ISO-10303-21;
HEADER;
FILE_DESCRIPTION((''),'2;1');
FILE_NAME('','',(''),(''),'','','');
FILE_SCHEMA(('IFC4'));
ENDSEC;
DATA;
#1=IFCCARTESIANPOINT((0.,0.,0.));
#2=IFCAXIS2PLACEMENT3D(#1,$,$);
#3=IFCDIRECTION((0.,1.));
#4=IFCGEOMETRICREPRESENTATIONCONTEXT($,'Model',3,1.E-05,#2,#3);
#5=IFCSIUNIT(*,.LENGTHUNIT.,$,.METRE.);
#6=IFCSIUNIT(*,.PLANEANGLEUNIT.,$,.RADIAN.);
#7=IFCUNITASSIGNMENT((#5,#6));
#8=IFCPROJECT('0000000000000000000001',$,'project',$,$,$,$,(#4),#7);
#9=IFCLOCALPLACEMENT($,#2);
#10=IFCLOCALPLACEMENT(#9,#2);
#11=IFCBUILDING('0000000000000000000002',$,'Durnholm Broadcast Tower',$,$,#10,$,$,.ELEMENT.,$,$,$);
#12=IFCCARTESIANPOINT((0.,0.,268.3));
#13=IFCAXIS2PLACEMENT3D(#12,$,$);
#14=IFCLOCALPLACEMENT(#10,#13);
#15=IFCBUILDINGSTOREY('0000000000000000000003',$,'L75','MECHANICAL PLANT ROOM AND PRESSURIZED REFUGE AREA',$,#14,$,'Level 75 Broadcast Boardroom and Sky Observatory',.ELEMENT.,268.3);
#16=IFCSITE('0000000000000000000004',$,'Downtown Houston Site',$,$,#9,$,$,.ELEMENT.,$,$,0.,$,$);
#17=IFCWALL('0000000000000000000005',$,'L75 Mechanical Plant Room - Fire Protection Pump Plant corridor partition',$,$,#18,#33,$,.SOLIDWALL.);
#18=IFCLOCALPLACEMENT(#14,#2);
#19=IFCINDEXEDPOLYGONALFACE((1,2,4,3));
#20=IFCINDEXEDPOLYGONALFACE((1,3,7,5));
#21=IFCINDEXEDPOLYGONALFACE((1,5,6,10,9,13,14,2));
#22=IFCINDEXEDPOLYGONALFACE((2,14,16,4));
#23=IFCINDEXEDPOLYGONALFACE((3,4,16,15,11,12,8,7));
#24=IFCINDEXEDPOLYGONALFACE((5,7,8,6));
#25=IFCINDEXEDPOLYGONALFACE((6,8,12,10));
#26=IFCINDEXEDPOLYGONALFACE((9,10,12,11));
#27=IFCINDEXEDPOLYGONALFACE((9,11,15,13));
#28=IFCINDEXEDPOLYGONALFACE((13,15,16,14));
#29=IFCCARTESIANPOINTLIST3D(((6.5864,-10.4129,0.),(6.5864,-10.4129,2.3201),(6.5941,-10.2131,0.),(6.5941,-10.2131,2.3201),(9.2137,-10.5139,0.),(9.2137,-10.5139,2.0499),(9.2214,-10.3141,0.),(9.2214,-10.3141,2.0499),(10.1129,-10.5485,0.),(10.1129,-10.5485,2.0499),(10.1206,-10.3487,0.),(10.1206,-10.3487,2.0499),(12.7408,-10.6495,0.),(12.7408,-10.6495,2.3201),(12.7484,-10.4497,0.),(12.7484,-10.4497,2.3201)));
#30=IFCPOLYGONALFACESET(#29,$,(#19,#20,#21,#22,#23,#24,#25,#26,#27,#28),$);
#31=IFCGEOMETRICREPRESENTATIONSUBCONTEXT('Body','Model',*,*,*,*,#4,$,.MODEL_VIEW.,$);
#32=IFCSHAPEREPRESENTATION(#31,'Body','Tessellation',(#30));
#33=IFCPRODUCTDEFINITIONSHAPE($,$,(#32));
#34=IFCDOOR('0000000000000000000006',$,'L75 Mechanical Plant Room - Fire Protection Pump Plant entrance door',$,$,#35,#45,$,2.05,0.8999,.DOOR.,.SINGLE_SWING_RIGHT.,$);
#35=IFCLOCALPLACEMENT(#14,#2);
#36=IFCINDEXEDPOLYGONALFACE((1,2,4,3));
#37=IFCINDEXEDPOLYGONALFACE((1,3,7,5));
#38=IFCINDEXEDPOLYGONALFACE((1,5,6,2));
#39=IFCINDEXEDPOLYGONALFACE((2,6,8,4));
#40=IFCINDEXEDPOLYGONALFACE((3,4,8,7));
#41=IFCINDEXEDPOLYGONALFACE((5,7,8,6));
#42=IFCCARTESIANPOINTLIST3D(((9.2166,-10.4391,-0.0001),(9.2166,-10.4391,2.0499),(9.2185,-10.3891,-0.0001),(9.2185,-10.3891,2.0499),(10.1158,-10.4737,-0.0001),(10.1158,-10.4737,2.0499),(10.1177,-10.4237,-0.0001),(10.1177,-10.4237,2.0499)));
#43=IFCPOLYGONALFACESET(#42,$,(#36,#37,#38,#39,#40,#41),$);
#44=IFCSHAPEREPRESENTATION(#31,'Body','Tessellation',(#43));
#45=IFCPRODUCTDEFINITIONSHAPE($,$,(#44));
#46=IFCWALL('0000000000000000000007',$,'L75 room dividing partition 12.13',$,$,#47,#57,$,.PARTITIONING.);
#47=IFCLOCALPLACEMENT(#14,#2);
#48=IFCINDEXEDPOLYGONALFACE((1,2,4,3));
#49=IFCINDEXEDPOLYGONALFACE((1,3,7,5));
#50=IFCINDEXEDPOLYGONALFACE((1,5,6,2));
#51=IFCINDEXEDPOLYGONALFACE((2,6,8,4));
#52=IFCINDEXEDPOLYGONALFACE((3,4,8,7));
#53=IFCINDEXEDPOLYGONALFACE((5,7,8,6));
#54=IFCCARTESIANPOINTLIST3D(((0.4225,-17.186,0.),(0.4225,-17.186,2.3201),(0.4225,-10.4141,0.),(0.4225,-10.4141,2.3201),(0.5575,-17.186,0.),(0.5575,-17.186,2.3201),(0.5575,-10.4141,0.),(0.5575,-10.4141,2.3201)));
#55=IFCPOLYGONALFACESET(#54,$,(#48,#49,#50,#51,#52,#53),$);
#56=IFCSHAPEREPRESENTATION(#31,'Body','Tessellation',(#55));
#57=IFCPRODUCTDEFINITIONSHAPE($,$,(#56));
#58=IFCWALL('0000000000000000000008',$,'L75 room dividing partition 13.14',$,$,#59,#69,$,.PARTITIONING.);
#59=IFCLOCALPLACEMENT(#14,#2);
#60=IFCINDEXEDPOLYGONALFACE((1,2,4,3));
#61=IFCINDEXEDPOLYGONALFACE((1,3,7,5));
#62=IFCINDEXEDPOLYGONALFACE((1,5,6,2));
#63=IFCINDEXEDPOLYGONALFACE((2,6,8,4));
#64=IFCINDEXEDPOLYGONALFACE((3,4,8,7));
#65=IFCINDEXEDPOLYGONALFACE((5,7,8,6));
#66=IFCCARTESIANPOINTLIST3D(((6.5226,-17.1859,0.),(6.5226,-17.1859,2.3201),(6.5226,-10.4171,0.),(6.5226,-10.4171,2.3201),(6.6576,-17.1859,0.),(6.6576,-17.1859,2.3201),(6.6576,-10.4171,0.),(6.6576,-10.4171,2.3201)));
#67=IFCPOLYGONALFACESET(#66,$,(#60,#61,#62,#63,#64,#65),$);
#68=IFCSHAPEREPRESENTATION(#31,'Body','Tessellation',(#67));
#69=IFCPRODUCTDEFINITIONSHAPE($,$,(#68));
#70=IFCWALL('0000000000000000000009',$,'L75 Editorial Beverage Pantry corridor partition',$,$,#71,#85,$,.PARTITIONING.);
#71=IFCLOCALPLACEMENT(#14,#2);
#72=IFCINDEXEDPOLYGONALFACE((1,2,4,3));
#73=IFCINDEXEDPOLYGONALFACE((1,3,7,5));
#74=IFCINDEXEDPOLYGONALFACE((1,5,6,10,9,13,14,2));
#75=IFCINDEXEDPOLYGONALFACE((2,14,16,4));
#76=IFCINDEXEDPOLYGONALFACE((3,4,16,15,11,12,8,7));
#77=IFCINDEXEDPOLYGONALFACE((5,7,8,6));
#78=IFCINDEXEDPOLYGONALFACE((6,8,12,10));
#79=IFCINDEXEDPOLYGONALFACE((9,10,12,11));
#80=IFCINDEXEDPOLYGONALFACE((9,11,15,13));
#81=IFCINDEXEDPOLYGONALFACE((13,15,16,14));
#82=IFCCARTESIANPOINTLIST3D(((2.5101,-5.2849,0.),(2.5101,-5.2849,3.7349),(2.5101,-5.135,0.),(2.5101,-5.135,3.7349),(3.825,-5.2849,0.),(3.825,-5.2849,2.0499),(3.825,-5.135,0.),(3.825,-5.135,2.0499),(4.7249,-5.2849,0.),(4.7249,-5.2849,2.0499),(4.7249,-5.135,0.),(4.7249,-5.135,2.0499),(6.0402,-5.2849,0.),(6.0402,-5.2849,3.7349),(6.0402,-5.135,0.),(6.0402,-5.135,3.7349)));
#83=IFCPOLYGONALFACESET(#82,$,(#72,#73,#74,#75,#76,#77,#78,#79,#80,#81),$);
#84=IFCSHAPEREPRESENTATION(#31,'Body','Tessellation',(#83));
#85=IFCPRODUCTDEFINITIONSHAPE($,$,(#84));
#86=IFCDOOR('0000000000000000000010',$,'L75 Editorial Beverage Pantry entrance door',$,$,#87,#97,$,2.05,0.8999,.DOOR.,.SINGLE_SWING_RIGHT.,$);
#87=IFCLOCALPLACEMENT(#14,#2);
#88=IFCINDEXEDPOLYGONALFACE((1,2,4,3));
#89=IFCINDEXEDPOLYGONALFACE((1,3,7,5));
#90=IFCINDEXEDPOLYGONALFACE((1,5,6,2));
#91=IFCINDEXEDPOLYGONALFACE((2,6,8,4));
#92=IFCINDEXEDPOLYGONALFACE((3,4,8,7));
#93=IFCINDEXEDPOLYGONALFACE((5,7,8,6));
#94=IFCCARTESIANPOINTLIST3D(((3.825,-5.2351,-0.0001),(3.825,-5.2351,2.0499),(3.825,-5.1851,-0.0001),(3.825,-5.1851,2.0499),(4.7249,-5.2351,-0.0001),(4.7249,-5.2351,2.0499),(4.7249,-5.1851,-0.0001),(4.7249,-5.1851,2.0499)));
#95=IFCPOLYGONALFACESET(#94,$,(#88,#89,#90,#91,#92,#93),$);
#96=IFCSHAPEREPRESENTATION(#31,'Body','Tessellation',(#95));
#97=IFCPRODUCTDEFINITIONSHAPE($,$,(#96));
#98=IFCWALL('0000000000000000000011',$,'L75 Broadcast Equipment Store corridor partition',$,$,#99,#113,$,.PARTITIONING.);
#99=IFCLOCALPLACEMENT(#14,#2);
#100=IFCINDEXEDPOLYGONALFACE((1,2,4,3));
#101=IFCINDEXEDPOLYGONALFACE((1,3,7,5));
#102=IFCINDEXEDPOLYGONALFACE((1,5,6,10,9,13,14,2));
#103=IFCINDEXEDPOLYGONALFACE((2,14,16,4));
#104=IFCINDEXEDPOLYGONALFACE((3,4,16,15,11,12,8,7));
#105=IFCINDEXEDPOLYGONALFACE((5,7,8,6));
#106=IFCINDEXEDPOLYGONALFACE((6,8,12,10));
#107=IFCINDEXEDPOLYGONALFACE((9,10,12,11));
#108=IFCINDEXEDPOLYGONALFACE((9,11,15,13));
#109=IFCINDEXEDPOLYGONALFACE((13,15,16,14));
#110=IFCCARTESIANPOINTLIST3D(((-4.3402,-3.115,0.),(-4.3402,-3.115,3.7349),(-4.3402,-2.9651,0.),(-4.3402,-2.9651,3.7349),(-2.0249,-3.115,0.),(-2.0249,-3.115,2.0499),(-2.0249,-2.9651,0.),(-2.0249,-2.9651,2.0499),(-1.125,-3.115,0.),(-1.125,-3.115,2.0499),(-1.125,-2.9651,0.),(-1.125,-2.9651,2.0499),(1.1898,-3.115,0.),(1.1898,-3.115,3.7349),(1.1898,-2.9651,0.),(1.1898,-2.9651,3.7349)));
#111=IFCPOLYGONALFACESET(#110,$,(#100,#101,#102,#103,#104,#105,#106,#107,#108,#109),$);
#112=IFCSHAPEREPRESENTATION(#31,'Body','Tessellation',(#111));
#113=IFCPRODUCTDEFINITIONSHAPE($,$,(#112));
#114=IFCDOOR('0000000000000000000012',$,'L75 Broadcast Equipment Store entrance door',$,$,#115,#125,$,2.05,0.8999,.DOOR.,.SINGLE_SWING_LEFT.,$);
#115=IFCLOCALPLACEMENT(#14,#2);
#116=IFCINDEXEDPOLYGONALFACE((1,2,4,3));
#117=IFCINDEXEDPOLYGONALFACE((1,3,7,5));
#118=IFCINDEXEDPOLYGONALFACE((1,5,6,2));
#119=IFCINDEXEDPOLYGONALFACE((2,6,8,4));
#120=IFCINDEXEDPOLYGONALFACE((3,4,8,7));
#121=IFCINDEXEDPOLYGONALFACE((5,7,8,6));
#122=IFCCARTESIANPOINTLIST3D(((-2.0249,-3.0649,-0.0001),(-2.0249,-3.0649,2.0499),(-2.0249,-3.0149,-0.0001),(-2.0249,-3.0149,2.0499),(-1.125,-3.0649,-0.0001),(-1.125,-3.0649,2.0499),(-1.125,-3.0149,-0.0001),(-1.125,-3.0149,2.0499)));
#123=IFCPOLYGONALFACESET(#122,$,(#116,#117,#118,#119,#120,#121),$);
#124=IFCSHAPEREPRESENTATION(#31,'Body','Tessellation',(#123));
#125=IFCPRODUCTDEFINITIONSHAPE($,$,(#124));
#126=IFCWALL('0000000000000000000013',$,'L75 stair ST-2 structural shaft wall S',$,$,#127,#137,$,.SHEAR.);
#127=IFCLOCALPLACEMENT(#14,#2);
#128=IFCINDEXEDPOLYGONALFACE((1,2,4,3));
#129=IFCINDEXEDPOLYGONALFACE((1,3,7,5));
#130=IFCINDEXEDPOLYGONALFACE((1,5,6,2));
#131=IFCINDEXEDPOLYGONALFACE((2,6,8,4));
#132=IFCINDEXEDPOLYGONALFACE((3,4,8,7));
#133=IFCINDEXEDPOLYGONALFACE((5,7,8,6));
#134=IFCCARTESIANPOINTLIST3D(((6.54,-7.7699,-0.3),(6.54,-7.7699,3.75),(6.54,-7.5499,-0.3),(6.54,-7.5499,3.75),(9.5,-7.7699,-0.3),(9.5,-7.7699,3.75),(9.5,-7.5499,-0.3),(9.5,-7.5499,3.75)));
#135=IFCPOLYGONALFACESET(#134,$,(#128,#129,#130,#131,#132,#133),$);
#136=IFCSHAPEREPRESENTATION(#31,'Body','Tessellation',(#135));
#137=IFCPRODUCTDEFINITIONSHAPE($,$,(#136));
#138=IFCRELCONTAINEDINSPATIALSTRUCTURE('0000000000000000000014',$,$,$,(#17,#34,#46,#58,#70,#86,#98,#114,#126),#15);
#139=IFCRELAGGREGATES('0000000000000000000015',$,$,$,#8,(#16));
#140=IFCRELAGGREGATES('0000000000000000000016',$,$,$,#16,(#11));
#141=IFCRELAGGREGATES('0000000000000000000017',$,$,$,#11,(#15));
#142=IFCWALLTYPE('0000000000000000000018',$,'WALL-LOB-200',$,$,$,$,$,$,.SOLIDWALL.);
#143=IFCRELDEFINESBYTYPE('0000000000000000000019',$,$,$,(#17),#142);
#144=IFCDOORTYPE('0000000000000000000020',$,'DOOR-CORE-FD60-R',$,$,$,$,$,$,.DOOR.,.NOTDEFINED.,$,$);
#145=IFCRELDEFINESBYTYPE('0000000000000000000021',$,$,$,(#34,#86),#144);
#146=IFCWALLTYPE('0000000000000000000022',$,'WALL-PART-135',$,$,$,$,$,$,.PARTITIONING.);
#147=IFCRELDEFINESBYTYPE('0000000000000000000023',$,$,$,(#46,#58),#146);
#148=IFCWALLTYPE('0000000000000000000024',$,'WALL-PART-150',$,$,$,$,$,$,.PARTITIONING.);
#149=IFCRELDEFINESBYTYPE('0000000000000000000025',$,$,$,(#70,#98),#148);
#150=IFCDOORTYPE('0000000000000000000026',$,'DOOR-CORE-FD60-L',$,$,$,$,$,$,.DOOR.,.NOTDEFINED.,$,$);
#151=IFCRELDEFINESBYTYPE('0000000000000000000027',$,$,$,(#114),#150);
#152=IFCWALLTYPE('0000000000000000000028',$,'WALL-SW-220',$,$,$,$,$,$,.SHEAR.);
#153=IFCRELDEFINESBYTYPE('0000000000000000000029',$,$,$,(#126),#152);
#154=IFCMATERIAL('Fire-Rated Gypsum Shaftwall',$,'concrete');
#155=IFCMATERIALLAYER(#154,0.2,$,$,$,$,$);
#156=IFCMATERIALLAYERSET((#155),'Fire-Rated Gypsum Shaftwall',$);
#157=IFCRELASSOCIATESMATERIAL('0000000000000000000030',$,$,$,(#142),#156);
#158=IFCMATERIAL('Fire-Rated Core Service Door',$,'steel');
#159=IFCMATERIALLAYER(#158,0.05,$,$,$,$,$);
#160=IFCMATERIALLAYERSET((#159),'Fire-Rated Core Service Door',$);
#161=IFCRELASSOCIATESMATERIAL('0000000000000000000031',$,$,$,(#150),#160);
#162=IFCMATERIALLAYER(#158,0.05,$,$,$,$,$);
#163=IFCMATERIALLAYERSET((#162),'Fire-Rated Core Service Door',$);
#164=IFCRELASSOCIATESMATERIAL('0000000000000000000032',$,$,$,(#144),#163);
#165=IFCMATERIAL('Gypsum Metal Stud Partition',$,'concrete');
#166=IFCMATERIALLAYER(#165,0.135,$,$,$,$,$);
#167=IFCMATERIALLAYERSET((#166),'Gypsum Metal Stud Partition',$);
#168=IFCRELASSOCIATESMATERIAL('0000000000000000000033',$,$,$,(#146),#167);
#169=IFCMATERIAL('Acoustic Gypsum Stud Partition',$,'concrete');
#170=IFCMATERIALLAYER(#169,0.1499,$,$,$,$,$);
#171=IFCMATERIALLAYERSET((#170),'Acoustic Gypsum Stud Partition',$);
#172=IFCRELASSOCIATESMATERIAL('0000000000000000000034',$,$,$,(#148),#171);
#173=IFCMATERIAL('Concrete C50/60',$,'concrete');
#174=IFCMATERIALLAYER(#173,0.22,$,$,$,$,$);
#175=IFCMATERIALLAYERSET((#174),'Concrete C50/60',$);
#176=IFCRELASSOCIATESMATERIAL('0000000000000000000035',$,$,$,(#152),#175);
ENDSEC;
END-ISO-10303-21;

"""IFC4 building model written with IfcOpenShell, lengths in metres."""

from ifc_helpers import new_model, si_unit, direction, frame, frame_2d, origin, place, context, subcontext, project, spatial, rectangle, extrude, source, transform, mapped, material, layer, layer_set, type_object, type_shapes, element, fill, save


model = new_model("IFC4")

# Units and contexts
model_context = context("Model", 3, precision=1e-05, world=origin(), true_north=direction((0.0, 1.0)))
body_context = subcontext(model_context, "Body", "Model", "MODEL_VIEW")
ifc_project = project(units=[si_unit("LENGTHUNIT", "METRE"), si_unit("PLANEANGLEUNIT", "RADIAN")], contexts=[model_context])

# Site, building, storey
site_placement = place(None, origin())
site = spatial("IfcSite", under=ifc_project, at=site_placement, Name="Downtown Houston Site", CompositionType="ELEMENT", RefElevation=0.0)
building_placement = place(site_placement, origin())
building = spatial("IfcBuilding", under=site, at=building_placement, Name="Durnholm Broadcast Tower", CompositionType="ELEMENT")
storey_placement = place(building_placement, frame((0.0, 0.0, 268.3)))
storey = spatial("IfcBuildingStorey", under=building, at=storey_placement, Name="L75", Description="MECHANICAL PLANT ROOM AND PRESSURIZED REFUGE AREA", LongName="Level 75 Broadcast Boardroom and Sky Observatory", CompositionType="ELEMENT", Elevation=268.3)

# Shared definitions
ifc_material_1 = material(Name="Fire-Rated Gypsum Shaftwall", Category="concrete")
ifc_layer_1 = layer(ifc_material_1, 0.2)
ifc_layer_set_1 = layer_set([ifc_layer_1], Name="Fire-Rated Gypsum Shaftwall")
wall_type_1 = type_object("IfcWallType", Name="WALL-LOB-200", PredefinedType="SOLIDWALL", material=ifc_layer_set_1)

# Wall, opening, door
ifc_material_2 = material(Name="Fire-Rated Core Service Door", Category="steel")
ifc_layer_2 = layer(ifc_material_2, 0.05)
ifc_layer_set_2 = layer_set([ifc_layer_2], Name="Fire-Rated Core Service Door")
door_type_1 = type_object("IfcDoorType", Name="DOOR-CORE-FD60-L", OperationType="NOTDEFINED", PredefinedType="DOOR", material=ifc_layer_set_2)
shared_shape_1 = source(origin(), body_context, "Body", "SweptSolid", [
    extrude(rectangle(XDim=0.8999, YDim=2.05, at=frame_2d((0.45, 1.0249))), frame((0.0, 0.0249, 0.0), z_axis=(0.0, -1.0, 0.0), x_axis=(1.0, 0.0, 0.0)), (0.0, 0.0, 1.0), 0.05),
])
type_shapes(door_type_1, [shared_shape_1])
wall_1_placement = place(storey_placement, frame((6.5901, -10.313, 0.0), z_axis=(0.0, 0.0, 1.0), x_axis=(0.999262, -0.038412, 0.0)))
wall_1 = element("IfcWall", 1, at=wall_1_placement, inside=storey, type_object=wall_type_1, Name="L75 Mechanical Plant Room - Fire Protection Pump Plant corridor partition", PredefinedType="SOLIDWALL", context=body_context, shape_type="SweptSolid", body=[
    extrude(rectangle(XDim=6.1589, YDim=0.2, at=frame_2d((3.0796, 0.0))), origin(), (0.0, 0.0, 1.0), 2.3201),
])
opening_1_placement = place(wall_1_placement, frame((2.6294, 0.0, 0.0)))
opening_1 = element("IfcOpeningElement", 2, at=opening_1_placement, cuts=wall_1, PredefinedType="OPENING", context=body_context, shape_type="SweptSolid", body=[
    extrude(rectangle(XDim=0.8999, YDim=2.05, at=frame_2d((0.45, 1.0249))), frame((0.0, 0.1099, 0.0), z_axis=(0.0, -1.0, 0.0), x_axis=(1.0, 0.0, 0.0)), (0.0, 0.0, 1.0), 0.22),
])
ifc_layer_3 = layer(ifc_material_2, 0.05)
ifc_layer_set_3 = layer_set([ifc_layer_3], Name="Fire-Rated Core Service Door")
door_type_2 = type_object("IfcDoorType", Name="DOOR-CORE-FD60-R", OperationType="NOTDEFINED", PredefinedType="DOOR", material=ifc_layer_set_3)
shared_shape_2 = source(origin(), body_context, "Body", "SweptSolid", [
    extrude(rectangle(XDim=0.8999, YDim=2.05, at=frame_2d((0.45, 1.0249))), frame((0.0, 0.0249, 0.0), z_axis=(0.0, -1.0, 0.0), x_axis=(1.0, 0.0, 0.0)), (0.0, 0.0, 1.0), 0.05),
])
type_shapes(door_type_2, [shared_shape_2])
door_1_placement = place(opening_1_placement, origin())
door_1 = element("IfcDoor", 3, at=door_1_placement, inside=storey, type_object=door_type_2, Name="L75 Mechanical Plant Room - Fire Protection Pump Plant entrance door", OperationType="SINGLE_SWING_RIGHT", OverallHeight=2.05, OverallWidth=0.8999, PredefinedType="DOOR", context=body_context, shape_type="MappedRepresentation", body=[
    mapped(shared_shape_2, transform((0.0, 0.0, 0.0), x_axis=(1.0, 0.0, 0.0), y_axis=(0.0, 1.0, 0.0), z_axis=(0.0, 0.0, 1.0), scale=1.0)),
])
fill(opening_1, door_1)

# Walls
ifc_material_3 = material(Name="Gypsum Metal Stud Partition", Category="concrete")
ifc_layer_4 = layer(ifc_material_3, 0.135)
ifc_layer_set_4 = layer_set([ifc_layer_4], Name="Gypsum Metal Stud Partition")
wall_type_2 = type_object("IfcWallType", Name="WALL-PART-135", PredefinedType="PARTITIONING", material=ifc_layer_set_4)
wall_2_placement = place(storey_placement, frame((0.49, -10.4141, 0.0), z_axis=(0.0, 0.0, 1.0), x_axis=(0.0, -1.0, 0.0)))
element("IfcWall", 4, at=wall_2_placement, inside=storey, type_object=wall_type_2, Name="L75 room dividing partition 12.13", PredefinedType="PARTITIONING", context=body_context, shape_type="SweptSolid", body=[
    extrude(rectangle(XDim=6.772, YDim=0.135, at=frame_2d((3.386, 0.0))), origin(), (0.0, 0.0, 1.0), 2.3201),
])
wall_3_placement = place(storey_placement, frame((6.5901, -10.4172, 0.0), z_axis=(0.0, 0.0, 1.0), x_axis=(0.0, -1.0, 0.0)))
element("IfcWall", 5, at=wall_3_placement, inside=storey, type_object=wall_type_2, Name="L75 room dividing partition 13.14", PredefinedType="PARTITIONING", context=body_context, shape_type="SweptSolid", body=[
    extrude(rectangle(XDim=6.7688, YDim=0.135, at=frame_2d((3.3843, 0.0))), origin(), (0.0, 0.0, 1.0), 2.3201),
])

# Walls, openings, doors
ifc_material_4 = material(Name="Acoustic Gypsum Stud Partition", Category="concrete")
ifc_layer_5 = layer(ifc_material_4, 0.1499)
ifc_layer_set_5 = layer_set([ifc_layer_5], Name="Acoustic Gypsum Stud Partition")
wall_type_3 = type_object("IfcWallType", Name="WALL-PART-150", PredefinedType="PARTITIONING", material=ifc_layer_set_5)
wall_4_placement = place(storey_placement, frame((2.51, -5.21, 0.0), z_axis=(0.0, 0.0, 1.0), x_axis=(1.0, 0.0, 0.0)))
wall_4 = element("IfcWall", 6, at=wall_4_placement, inside=storey, type_object=wall_type_3, Name="L75 Editorial Beverage Pantry corridor partition", PredefinedType="PARTITIONING", context=body_context, shape_type="SweptSolid", body=[
    extrude(rectangle(XDim=3.53, YDim=0.1499, at=frame_2d((1.7651, 0.0))), origin(), (0.0, 0.0, 1.0), 3.7349),
])
opening_2_placement = place(wall_4_placement, frame((1.3149, 0.0, 0.0)))
opening_2 = element("IfcOpeningElement", 7, at=opening_2_placement, cuts=wall_4, PredefinedType="OPENING", context=body_context, shape_type="SweptSolid", body=[
    extrude(rectangle(XDim=0.8999, YDim=2.05, at=frame_2d((0.45, 1.0249))), frame((0.0, 0.085, 0.0), z_axis=(0.0, -1.0, 0.0), x_axis=(1.0, 0.0, 0.0)), (0.0, 0.0, 1.0), 0.1699),
])
door_2_placement = place(opening_2_placement, origin())
door_2 = element("IfcDoor", 8, at=door_2_placement, inside=storey, type_object=door_type_2, Name="L75 Editorial Beverage Pantry entrance door", OperationType="SINGLE_SWING_RIGHT", OverallHeight=2.05, OverallWidth=0.8999, PredefinedType="DOOR", context=body_context, shape_type="MappedRepresentation", body=[
    mapped(shared_shape_2, transform((0.0, 0.0, 0.0), x_axis=(1.0, 0.0, 0.0), y_axis=(0.0, 1.0, 0.0), z_axis=(0.0, 0.0, 1.0), scale=1.0)),
])
fill(opening_2, door_2)
wall_5_placement = place(storey_placement, frame((1.1899, -3.04, 0.0), z_axis=(0.0, 0.0, 1.0), x_axis=(-1.0, 0.0, 0.0)))
wall_5 = element("IfcWall", 9, at=wall_5_placement, inside=storey, type_object=wall_type_3, Name="L75 Broadcast Equipment Store corridor partition", PredefinedType="PARTITIONING", context=body_context, shape_type="SweptSolid", body=[
    extrude(rectangle(XDim=5.53, YDim=0.1499, at=frame_2d((2.7651, 0.0))), origin(), (0.0, 0.0, 1.0), 3.7349),
])
opening_3_placement = place(wall_5_placement, frame((2.3149, 0.0, 0.0)))
opening_3 = element("IfcOpeningElement", 10, at=opening_3_placement, cuts=wall_5, PredefinedType="OPENING", context=body_context, shape_type="SweptSolid", body=[
    extrude(rectangle(XDim=0.8999, YDim=2.05, at=frame_2d((0.45, 1.0249))), frame((0.0, 0.085, 0.0), z_axis=(0.0, -1.0, 0.0), x_axis=(1.0, 0.0, 0.0)), (0.0, 0.0, 1.0), 0.1699),
])
door_3_placement = place(opening_3_placement, origin())
door_3 = element("IfcDoor", 11, at=door_3_placement, inside=storey, type_object=door_type_1, Name="L75 Broadcast Equipment Store entrance door", OperationType="SINGLE_SWING_LEFT", OverallHeight=2.05, OverallWidth=0.8999, PredefinedType="DOOR", context=body_context, shape_type="MappedRepresentation", body=[
    mapped(shared_shape_1, transform((0.0, 0.0, 0.0), x_axis=(1.0, 0.0, 0.0), y_axis=(0.0, 1.0, 0.0), z_axis=(0.0, 0.0, 1.0), scale=1.0)),
])
fill(opening_3, door_3)

# Wall
ifc_material_5 = material(Name="Concrete C50/60", Category="concrete")
ifc_layer_6 = layer(ifc_material_5, 0.22)
ifc_layer_set_6 = layer_set([ifc_layer_6], Name="Concrete C50/60")
wall_type_4 = type_object("IfcWallType", Name="WALL-SW-220", PredefinedType="SHEAR", material=ifc_layer_set_6)
wall_6_placement = place(storey_placement, frame((6.54, -7.6599, -0.3), z_axis=(0.0, 0.0, 1.0), x_axis=(1.0, 0.0, 0.0)))
element("IfcWall", 12, at=wall_6_placement, inside=storey, type_object=wall_type_4, Name="L75 stair ST-2 structural shaft wall S", PredefinedType="SHEAR", context=body_context, shape_type="SweptSolid", body=[
    extrude(rectangle(XDim=2.96, YDim=0.22, at=frame_2d((1.48, 0.0))), origin(), (0.0, 0.0, 1.0), 4.05),
])

save(model, "model.ifc")
